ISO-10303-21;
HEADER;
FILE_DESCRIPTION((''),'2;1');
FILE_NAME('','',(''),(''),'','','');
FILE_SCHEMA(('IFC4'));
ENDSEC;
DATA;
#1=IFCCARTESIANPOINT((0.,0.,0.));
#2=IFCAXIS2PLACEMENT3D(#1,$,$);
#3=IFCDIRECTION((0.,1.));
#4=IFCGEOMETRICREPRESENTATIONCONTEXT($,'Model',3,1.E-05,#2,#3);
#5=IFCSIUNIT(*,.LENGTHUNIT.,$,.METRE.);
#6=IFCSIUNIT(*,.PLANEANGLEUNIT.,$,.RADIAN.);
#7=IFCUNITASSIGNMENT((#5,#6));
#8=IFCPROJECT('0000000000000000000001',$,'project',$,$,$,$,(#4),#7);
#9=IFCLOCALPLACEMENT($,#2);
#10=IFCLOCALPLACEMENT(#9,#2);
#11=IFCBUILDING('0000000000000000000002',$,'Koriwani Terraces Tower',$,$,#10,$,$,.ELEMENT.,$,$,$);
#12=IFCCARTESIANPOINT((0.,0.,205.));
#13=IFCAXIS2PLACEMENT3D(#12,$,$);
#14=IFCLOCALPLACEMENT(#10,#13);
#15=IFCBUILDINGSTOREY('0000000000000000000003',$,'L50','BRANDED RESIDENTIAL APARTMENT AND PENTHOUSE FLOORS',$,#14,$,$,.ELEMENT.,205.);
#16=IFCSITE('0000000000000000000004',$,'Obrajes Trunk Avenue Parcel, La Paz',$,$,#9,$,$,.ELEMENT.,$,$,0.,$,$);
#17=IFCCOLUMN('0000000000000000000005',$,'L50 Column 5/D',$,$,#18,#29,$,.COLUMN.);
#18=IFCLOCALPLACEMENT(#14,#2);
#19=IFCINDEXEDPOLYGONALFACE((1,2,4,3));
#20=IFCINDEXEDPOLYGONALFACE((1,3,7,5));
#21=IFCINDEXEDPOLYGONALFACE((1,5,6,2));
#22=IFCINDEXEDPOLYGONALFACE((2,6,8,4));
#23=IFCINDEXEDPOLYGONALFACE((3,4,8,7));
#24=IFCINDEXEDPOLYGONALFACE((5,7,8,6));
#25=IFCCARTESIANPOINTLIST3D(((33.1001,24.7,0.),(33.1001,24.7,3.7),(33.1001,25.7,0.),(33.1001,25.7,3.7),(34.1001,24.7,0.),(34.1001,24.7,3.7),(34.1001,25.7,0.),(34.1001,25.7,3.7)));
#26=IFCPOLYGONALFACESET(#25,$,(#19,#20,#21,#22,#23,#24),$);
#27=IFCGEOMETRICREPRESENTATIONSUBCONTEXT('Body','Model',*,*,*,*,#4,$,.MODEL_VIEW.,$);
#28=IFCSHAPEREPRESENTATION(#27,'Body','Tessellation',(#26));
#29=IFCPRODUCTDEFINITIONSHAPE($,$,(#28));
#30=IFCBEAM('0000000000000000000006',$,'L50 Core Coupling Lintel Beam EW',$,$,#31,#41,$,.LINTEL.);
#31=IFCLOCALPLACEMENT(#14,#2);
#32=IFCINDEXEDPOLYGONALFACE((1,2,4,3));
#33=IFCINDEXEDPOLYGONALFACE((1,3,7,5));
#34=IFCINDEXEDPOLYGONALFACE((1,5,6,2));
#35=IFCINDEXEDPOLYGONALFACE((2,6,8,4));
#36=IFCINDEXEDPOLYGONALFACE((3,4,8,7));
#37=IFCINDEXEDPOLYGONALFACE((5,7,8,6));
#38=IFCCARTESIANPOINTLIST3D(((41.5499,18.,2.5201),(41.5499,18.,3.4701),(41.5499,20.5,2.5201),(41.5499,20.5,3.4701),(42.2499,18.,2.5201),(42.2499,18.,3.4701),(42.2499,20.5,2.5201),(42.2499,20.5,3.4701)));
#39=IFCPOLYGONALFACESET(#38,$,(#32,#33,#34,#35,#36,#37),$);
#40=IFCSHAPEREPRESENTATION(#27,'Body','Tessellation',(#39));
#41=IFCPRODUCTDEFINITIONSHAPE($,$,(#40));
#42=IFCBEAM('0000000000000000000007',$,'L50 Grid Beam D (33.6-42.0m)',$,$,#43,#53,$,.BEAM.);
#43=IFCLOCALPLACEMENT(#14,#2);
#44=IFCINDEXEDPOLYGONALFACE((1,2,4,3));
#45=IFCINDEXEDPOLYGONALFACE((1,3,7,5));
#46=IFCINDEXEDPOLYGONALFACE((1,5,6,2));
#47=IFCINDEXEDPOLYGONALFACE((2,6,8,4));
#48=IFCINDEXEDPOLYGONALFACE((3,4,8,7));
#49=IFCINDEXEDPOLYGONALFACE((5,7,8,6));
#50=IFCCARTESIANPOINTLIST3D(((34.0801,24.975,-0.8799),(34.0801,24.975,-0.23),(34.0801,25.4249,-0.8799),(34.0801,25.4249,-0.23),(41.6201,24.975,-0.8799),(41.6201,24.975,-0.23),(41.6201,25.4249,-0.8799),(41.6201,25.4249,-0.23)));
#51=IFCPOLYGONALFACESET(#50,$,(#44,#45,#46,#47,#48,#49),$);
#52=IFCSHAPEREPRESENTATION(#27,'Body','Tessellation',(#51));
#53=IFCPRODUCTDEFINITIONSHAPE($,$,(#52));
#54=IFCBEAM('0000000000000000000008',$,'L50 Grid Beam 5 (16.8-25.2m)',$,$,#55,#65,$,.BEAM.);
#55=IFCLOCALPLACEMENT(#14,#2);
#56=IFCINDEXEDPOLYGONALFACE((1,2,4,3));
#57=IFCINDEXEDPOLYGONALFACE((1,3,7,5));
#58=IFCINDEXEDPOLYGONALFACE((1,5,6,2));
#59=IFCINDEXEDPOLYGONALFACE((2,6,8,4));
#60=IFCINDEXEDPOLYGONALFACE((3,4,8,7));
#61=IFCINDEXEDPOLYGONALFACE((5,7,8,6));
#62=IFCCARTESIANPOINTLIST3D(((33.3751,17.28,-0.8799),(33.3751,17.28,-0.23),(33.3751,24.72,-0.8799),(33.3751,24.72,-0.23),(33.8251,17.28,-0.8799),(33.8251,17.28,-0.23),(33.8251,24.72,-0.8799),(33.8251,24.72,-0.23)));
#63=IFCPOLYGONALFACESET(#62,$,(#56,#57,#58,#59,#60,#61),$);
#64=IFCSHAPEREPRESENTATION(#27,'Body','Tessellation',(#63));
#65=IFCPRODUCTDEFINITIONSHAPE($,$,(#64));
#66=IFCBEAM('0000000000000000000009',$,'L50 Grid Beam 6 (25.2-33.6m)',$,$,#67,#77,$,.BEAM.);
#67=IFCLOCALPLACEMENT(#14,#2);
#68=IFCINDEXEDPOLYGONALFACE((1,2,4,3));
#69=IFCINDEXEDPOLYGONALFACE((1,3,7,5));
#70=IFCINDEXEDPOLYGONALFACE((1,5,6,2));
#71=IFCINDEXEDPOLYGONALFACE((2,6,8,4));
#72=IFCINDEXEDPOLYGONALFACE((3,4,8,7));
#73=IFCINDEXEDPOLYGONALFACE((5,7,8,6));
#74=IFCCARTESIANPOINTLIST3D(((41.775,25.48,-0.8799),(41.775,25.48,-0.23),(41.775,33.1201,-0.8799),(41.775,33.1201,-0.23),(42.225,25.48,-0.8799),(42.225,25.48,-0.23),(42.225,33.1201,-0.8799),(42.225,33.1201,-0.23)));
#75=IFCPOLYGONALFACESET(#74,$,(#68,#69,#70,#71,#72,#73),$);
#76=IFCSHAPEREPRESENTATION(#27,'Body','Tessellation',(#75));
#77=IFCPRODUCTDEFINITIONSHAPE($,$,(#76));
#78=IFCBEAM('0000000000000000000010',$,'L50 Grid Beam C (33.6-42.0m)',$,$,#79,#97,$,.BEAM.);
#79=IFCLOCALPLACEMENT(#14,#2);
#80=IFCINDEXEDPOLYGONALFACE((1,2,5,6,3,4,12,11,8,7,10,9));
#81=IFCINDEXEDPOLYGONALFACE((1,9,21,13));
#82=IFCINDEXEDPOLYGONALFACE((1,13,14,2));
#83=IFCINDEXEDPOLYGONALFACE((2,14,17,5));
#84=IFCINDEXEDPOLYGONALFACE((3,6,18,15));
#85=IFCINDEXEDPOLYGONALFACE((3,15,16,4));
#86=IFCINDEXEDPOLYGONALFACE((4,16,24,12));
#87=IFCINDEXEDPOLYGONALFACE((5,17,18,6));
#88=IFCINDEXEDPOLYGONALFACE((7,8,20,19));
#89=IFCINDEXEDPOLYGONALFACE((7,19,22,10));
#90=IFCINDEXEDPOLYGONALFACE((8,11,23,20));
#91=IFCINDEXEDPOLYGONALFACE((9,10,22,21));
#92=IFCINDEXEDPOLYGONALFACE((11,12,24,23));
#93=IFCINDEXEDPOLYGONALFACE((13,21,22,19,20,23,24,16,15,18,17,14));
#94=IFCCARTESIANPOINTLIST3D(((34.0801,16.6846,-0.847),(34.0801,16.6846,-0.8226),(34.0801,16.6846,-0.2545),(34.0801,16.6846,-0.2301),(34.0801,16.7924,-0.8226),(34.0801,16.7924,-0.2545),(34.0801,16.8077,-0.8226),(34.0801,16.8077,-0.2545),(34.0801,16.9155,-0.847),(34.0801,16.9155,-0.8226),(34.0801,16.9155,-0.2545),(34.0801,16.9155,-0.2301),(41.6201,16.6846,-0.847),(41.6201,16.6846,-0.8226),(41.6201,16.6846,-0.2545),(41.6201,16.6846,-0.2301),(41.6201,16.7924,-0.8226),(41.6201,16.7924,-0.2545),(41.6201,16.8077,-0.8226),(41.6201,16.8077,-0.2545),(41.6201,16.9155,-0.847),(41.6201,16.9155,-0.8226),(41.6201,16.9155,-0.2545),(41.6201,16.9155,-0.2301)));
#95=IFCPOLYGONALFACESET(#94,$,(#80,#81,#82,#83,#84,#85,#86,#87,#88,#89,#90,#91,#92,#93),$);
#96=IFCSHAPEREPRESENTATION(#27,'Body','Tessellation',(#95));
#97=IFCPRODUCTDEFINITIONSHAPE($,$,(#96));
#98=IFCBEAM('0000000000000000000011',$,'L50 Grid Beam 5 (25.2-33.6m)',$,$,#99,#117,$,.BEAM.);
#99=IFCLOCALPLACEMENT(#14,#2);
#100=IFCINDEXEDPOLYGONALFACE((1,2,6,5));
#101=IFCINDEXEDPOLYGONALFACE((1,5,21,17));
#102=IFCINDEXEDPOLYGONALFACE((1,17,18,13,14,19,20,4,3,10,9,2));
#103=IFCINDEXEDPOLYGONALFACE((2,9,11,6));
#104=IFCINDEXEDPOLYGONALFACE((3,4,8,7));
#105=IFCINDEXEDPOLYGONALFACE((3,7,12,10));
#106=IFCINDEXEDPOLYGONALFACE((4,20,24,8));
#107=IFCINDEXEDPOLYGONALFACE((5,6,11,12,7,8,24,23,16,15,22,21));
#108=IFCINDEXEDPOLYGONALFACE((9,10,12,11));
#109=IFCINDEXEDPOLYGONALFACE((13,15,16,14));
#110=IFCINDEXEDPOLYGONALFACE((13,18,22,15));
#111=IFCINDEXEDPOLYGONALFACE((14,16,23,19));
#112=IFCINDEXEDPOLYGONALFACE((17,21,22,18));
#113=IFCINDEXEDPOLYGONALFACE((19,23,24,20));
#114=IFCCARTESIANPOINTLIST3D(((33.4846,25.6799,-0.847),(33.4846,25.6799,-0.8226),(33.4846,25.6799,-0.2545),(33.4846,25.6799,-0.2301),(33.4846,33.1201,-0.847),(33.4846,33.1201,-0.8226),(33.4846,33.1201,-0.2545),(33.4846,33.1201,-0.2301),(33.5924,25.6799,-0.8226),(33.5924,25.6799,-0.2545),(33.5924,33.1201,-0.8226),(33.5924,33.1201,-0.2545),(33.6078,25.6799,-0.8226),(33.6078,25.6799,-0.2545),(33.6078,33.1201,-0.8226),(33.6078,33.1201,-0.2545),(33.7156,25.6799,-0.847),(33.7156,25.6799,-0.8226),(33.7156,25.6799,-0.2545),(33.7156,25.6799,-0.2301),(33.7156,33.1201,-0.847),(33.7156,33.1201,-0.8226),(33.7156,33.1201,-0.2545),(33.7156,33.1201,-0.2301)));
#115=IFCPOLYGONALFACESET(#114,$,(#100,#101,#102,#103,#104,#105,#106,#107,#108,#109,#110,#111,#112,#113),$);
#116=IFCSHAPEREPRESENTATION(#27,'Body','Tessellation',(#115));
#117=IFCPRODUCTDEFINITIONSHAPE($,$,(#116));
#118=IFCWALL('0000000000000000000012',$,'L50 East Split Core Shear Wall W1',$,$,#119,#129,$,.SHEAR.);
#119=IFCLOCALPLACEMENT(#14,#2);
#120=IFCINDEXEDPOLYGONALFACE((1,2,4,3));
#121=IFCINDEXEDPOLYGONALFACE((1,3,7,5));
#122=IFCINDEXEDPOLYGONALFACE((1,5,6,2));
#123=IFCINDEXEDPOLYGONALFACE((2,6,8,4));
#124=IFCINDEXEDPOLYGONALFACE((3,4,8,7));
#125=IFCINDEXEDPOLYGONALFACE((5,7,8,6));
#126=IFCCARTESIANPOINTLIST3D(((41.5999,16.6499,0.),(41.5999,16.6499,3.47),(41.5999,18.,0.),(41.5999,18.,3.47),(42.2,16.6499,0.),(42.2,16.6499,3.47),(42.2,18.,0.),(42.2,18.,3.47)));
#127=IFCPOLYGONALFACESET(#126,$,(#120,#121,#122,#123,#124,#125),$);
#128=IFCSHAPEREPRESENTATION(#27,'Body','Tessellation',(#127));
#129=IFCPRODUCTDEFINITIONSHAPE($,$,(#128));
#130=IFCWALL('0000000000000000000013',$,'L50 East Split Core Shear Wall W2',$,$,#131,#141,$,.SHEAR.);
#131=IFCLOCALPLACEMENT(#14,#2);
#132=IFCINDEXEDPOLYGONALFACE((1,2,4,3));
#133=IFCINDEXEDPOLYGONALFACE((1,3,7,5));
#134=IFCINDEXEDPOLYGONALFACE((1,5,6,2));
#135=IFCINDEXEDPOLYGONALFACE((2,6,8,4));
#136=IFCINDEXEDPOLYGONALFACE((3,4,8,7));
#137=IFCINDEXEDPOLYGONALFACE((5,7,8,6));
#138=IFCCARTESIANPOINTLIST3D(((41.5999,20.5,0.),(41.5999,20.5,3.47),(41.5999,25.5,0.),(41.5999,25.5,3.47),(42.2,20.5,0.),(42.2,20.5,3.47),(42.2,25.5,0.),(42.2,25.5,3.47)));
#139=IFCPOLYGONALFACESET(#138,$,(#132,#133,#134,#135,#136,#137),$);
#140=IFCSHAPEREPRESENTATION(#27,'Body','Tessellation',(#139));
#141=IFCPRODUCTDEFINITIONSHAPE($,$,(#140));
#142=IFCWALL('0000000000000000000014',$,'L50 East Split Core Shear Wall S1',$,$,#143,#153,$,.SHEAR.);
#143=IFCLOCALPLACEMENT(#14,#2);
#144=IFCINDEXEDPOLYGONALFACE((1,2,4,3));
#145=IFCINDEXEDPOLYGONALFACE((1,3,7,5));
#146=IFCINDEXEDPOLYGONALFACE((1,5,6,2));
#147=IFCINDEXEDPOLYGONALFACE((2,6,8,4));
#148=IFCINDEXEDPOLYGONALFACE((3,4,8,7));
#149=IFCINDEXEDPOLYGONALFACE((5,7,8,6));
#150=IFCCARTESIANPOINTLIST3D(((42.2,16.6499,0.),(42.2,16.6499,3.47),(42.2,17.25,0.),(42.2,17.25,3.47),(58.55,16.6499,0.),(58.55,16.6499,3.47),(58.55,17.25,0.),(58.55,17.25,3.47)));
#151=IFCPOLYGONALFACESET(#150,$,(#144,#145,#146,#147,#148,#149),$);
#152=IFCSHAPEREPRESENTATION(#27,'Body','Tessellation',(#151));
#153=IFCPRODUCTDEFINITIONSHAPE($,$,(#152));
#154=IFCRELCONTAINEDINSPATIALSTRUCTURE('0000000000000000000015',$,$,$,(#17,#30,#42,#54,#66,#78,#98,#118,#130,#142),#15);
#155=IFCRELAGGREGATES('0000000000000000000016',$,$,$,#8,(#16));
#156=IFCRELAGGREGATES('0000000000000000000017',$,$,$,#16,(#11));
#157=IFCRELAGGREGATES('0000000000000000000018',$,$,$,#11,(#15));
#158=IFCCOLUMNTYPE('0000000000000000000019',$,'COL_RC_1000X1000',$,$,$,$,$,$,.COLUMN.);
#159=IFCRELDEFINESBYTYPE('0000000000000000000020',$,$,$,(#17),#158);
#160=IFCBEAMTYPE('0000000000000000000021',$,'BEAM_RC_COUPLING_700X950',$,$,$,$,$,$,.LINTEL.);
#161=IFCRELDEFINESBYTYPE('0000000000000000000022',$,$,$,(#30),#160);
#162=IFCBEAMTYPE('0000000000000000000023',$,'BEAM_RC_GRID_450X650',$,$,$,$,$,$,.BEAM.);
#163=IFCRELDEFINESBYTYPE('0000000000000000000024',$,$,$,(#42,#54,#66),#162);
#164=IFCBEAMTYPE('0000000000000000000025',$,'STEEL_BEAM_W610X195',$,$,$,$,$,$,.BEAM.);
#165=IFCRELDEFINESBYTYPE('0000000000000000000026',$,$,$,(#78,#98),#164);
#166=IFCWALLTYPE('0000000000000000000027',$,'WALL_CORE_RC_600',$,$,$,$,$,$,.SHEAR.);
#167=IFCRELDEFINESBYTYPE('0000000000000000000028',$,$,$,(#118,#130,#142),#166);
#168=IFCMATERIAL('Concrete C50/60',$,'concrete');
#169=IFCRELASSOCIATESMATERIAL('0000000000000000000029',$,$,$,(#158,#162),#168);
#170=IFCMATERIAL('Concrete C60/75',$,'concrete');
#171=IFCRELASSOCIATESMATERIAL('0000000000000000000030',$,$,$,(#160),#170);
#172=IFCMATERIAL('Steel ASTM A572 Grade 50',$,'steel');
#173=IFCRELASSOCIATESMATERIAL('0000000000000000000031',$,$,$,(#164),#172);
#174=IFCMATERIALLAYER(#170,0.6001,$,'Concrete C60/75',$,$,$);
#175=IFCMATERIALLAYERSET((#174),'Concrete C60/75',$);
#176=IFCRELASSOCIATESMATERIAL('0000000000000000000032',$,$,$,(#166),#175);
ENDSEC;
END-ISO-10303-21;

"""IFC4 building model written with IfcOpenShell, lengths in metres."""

from ifc_helpers import new_model, si_unit, direction, frame, frame_2d, origin, origin_2d, place, context, subcontext, project, spatial, rectangle, i_section, extrude, material, layer, layer_set, material_profile, profile_set, type_object, element, save


model = new_model("IFC4")

# Units and contexts
model_context = context("Model", 3, precision=1e-05, world=origin(), true_north=direction((0.0, 1.0)))
body_context = subcontext(model_context, "Body", "Model", "MODEL_VIEW")
ifc_project = project(units=[si_unit("LENGTHUNIT", "METRE"), si_unit("PLANEANGLEUNIT", "RADIAN")], contexts=[model_context])

# Site, building, storey
site_placement = place(None, origin())
site = spatial("IfcSite", under=ifc_project, at=site_placement, Name="Obrajes Trunk Avenue Parcel, La Paz", CompositionType="ELEMENT", RefElevation=0.0)
building_placement = place(site_placement, origin())
building = spatial("IfcBuilding", under=site, at=building_placement, Name="Koriwani Terraces Tower", CompositionType="ELEMENT")
storey_placement = place(building_placement, frame((0.0, 0.0, 205.0)))
storey = spatial("IfcBuildingStorey", under=building, at=storey_placement, Name="L50", Description="BRANDED RESIDENTIAL APARTMENT AND PENTHOUSE FLOORS", CompositionType="ELEMENT", Elevation=205.0)

# Column
ifc_material_1 = material(Name="Concrete C50/60", Category="concrete")
ifc_material_profile_1 = material_profile(ifc_material_1, rectangle(XDim=1.0, YDim=1.0, at=origin_2d()), Name="Concrete C50/60", Category="LoadBearing")
ifc_profile_set_1 = profile_set([ifc_material_profile_1], Name="Concrete C50/60")
column_type = type_object("IfcColumnType", Name="COL_RC_1000X1000", PredefinedType="COLUMN", material=ifc_profile_set_1)
column_placement = place(storey_placement, frame((33.6001, 25.2, 0.0), z_axis=(0.0, 0.0, 1.0), x_axis=(1.0, 0.0, 0.0)))
element("IfcColumn", 1, at=column_placement, inside=storey, type_object=column_type, Name="L50 Column 5/D", PredefinedType="COLUMN", context=body_context, shape_type="SweptSolid", body=[
    extrude(rectangle(XDim=1.0, YDim=1.0, at=origin_2d()), origin(), (0.0, 0.0, 1.0), 3.7),
])

# Beams
ifc_material_2 = material(Name="Concrete C60/75", Category="concrete")
ifc_material_profile_2 = material_profile(ifc_material_2, rectangle(XDim=0.7, YDim=0.95, at=origin_2d()), Name="Concrete C60/75", Category="LoadBearing")
ifc_profile_set_2 = profile_set([ifc_material_profile_2], Name="Concrete C60/75")
beam_type_1 = type_object("IfcBeamType", Name="BEAM_RC_COUPLING_700X950", PredefinedType="LINTEL", material=ifc_profile_set_2)
beam_1_placement = place(storey_placement, frame((41.8999, 18.0, 2.9951), z_axis=(0.0, 1.0, 0.0), x_axis=(-1.0, 0.0, 0.0)))
element("IfcBeam", 2, at=beam_1_placement, inside=storey, type_object=beam_type_1, Name="L50 Core Coupling Lintel Beam EW", PredefinedType="LINTEL", context=body_context, shape_type="SweptSolid", body=[
    extrude(rectangle(XDim=0.7, YDim=0.95, at=origin_2d()), origin(), (0.0, 0.0, 1.0), 2.5),
])
ifc_material_profile_3 = material_profile(ifc_material_1, rectangle(XDim=0.45, YDim=0.6499, at=origin_2d()), Name="Concrete C50/60", Category="LoadBearing")
ifc_profile_set_3 = profile_set([ifc_material_profile_3], Name="Concrete C50/60")
beam_type_2 = type_object("IfcBeamType", Name="BEAM_RC_GRID_450X650", PredefinedType="BEAM", material=ifc_profile_set_3)
beam_2_placement = place(storey_placement, frame((34.0801, 25.2, -0.5549), z_axis=(1.0, 0.0, 0.0), x_axis=(0.0, 1.0, 0.0)))
element("IfcBeam", 3, at=beam_2_placement, inside=storey, type_object=beam_type_2, Name="L50 Grid Beam D (33.6-42.0m)", PredefinedType="BEAM", context=body_context, shape_type="SweptSolid", body=[
    extrude(rectangle(XDim=0.45, YDim=0.6499, at=origin_2d()), origin(), (0.0, 0.0, 1.0), 7.54),
])
beam_3_placement = place(storey_placement, frame((33.6001, 17.28, -0.5549), z_axis=(0.0, 1.0, 0.0), x_axis=(-1.0, 0.0, 0.0)))
element("IfcBeam", 4, at=beam_3_placement, inside=storey, type_object=beam_type_2, Name="L50 Grid Beam 5 (16.8-25.2m)", PredefinedType="BEAM", context=body_context, shape_type="SweptSolid", body=[
    extrude(rectangle(XDim=0.45, YDim=0.6499, at=origin_2d()), origin(), (0.0, 0.0, 1.0), 7.4399),
])
beam_4_placement = place(storey_placement, frame((42.0, 25.48, -0.5549), z_axis=(0.0, 1.0, 0.0), x_axis=(-1.0, 0.0, 0.0)))
element("IfcBeam", 5, at=beam_4_placement, inside=storey, type_object=beam_type_2, Name="L50 Grid Beam 6 (25.2-33.6m)", PredefinedType="BEAM", context=body_context, shape_type="SweptSolid", body=[
    extrude(rectangle(XDim=0.45, YDim=0.6499, at=origin_2d()), origin(), (0.0, 0.0, 1.0), 7.6401),
])
ifc_material_3 = material(Name="Steel ASTM A572 Grade 50", Category="steel")
ifc_material_profile_4 = material_profile(ifc_material_3, i_section(OverallWidth=0.231, OverallDepth=0.6169, WebThickness=0.0154, FlangeThickness=0.0244, at=origin_2d()), Name="Steel ASTM A572 Grade 50", Category="LoadBearing")
ifc_profile_set_4 = profile_set([ifc_material_profile_4], Name="Steel ASTM A572 Grade 50")
beam_type_3 = type_object("IfcBeamType", Name="STEEL_BEAM_W610X195", PredefinedType="BEAM", material=ifc_profile_set_4)
beam_5_placement = place(storey_placement, frame((34.0801, 16.8, -0.5386), z_axis=(1.0, 0.0, 0.0), x_axis=(0.0, 1.0, 0.0)))
element("IfcBeam", 6, at=beam_5_placement, inside=storey, type_object=beam_type_3, Name="L50 Grid Beam C (33.6-42.0m)", PredefinedType="BEAM", context=body_context, shape_type="SweptSolid", body=[
    extrude(i_section(OverallWidth=0.231, OverallDepth=0.6169, WebThickness=0.0154, FlangeThickness=0.0244, at=origin_2d()), origin(), (0.0, 0.0, 1.0), 7.54),
])
beam_6_placement = place(storey_placement, frame((33.6001, 25.6799, -0.5386), z_axis=(0.0, 1.0, 0.0), x_axis=(-1.0, 0.0, 0.0)))
element("IfcBeam", 7, at=beam_6_placement, inside=storey, type_object=beam_type_3, Name="L50 Grid Beam 5 (25.2-33.6m)", PredefinedType="BEAM", context=body_context, shape_type="SweptSolid", body=[
    extrude(i_section(OverallWidth=0.231, OverallDepth=0.6169, WebThickness=0.0154, FlangeThickness=0.0244, at=origin_2d()), origin(), (0.0, 0.0, 1.0), 7.4402),
])

# Walls
ifc_layer_1 = layer(ifc_material_2, 0.6001, Name="Concrete C60/75")
ifc_layer_set_1 = layer_set([ifc_layer_1], Name="Concrete C60/75")
wall_type_1 = type_object("IfcWallType", Name="WALL_CORE_RC_600", PredefinedType="SHEAR", material=ifc_layer_set_1)
wall_1_placement = place(storey_placement, frame((41.8999, 16.6499, 0.0), z_axis=(0.0, 0.0, 1.0), x_axis=(0.0, 1.0, 0.0)))
element("IfcWall", 8, at=wall_1_placement, inside=storey, type_object=wall_type_1, Name="L50 East Split Core Shear Wall W1", PredefinedType="SHEAR", context=body_context, shape_type="SweptSolid", body=[
    extrude(rectangle(XDim=1.3501, YDim=0.6001, at=frame_2d((0.675, 0.0))), origin(), (0.0, 0.0, 1.0), 3.47),
])
wall_2_placement = place(storey_placement, frame((41.8999, 20.5, 0.0), z_axis=(0.0, 0.0, 1.0), x_axis=(0.0, 1.0, 0.0)))
element("IfcWall", 9, at=wall_2_placement, inside=storey, type_object=wall_type_1, Name="L50 East Split Core Shear Wall W2", PredefinedType="SHEAR", context=body_context, shape_type="SweptSolid", body=[
    extrude(rectangle(XDim=5.0, YDim=0.6001, at=frame_2d((2.5, 0.0))), origin(), (0.0, 0.0, 1.0), 3.47),
])
wall_3_placement = place(storey_placement, frame((42.2, 16.95, 0.0), z_axis=(0.0, 0.0, 1.0), x_axis=(1.0, 0.0, 0.0)))
element("IfcWall", 10, at=wall_3_placement, inside=storey, type_object=wall_type_1, Name="L50 East Split Core Shear Wall S1", PredefinedType="SHEAR", context=body_context, shape_type="SweptSolid", body=[
    extrude(rectangle(XDim=16.3501, YDim=0.6001, at=frame_2d((8.175, 0.0))), origin(), (0.0, 0.0, 1.0), 3.47),
])

save(model, "model.ifc")
